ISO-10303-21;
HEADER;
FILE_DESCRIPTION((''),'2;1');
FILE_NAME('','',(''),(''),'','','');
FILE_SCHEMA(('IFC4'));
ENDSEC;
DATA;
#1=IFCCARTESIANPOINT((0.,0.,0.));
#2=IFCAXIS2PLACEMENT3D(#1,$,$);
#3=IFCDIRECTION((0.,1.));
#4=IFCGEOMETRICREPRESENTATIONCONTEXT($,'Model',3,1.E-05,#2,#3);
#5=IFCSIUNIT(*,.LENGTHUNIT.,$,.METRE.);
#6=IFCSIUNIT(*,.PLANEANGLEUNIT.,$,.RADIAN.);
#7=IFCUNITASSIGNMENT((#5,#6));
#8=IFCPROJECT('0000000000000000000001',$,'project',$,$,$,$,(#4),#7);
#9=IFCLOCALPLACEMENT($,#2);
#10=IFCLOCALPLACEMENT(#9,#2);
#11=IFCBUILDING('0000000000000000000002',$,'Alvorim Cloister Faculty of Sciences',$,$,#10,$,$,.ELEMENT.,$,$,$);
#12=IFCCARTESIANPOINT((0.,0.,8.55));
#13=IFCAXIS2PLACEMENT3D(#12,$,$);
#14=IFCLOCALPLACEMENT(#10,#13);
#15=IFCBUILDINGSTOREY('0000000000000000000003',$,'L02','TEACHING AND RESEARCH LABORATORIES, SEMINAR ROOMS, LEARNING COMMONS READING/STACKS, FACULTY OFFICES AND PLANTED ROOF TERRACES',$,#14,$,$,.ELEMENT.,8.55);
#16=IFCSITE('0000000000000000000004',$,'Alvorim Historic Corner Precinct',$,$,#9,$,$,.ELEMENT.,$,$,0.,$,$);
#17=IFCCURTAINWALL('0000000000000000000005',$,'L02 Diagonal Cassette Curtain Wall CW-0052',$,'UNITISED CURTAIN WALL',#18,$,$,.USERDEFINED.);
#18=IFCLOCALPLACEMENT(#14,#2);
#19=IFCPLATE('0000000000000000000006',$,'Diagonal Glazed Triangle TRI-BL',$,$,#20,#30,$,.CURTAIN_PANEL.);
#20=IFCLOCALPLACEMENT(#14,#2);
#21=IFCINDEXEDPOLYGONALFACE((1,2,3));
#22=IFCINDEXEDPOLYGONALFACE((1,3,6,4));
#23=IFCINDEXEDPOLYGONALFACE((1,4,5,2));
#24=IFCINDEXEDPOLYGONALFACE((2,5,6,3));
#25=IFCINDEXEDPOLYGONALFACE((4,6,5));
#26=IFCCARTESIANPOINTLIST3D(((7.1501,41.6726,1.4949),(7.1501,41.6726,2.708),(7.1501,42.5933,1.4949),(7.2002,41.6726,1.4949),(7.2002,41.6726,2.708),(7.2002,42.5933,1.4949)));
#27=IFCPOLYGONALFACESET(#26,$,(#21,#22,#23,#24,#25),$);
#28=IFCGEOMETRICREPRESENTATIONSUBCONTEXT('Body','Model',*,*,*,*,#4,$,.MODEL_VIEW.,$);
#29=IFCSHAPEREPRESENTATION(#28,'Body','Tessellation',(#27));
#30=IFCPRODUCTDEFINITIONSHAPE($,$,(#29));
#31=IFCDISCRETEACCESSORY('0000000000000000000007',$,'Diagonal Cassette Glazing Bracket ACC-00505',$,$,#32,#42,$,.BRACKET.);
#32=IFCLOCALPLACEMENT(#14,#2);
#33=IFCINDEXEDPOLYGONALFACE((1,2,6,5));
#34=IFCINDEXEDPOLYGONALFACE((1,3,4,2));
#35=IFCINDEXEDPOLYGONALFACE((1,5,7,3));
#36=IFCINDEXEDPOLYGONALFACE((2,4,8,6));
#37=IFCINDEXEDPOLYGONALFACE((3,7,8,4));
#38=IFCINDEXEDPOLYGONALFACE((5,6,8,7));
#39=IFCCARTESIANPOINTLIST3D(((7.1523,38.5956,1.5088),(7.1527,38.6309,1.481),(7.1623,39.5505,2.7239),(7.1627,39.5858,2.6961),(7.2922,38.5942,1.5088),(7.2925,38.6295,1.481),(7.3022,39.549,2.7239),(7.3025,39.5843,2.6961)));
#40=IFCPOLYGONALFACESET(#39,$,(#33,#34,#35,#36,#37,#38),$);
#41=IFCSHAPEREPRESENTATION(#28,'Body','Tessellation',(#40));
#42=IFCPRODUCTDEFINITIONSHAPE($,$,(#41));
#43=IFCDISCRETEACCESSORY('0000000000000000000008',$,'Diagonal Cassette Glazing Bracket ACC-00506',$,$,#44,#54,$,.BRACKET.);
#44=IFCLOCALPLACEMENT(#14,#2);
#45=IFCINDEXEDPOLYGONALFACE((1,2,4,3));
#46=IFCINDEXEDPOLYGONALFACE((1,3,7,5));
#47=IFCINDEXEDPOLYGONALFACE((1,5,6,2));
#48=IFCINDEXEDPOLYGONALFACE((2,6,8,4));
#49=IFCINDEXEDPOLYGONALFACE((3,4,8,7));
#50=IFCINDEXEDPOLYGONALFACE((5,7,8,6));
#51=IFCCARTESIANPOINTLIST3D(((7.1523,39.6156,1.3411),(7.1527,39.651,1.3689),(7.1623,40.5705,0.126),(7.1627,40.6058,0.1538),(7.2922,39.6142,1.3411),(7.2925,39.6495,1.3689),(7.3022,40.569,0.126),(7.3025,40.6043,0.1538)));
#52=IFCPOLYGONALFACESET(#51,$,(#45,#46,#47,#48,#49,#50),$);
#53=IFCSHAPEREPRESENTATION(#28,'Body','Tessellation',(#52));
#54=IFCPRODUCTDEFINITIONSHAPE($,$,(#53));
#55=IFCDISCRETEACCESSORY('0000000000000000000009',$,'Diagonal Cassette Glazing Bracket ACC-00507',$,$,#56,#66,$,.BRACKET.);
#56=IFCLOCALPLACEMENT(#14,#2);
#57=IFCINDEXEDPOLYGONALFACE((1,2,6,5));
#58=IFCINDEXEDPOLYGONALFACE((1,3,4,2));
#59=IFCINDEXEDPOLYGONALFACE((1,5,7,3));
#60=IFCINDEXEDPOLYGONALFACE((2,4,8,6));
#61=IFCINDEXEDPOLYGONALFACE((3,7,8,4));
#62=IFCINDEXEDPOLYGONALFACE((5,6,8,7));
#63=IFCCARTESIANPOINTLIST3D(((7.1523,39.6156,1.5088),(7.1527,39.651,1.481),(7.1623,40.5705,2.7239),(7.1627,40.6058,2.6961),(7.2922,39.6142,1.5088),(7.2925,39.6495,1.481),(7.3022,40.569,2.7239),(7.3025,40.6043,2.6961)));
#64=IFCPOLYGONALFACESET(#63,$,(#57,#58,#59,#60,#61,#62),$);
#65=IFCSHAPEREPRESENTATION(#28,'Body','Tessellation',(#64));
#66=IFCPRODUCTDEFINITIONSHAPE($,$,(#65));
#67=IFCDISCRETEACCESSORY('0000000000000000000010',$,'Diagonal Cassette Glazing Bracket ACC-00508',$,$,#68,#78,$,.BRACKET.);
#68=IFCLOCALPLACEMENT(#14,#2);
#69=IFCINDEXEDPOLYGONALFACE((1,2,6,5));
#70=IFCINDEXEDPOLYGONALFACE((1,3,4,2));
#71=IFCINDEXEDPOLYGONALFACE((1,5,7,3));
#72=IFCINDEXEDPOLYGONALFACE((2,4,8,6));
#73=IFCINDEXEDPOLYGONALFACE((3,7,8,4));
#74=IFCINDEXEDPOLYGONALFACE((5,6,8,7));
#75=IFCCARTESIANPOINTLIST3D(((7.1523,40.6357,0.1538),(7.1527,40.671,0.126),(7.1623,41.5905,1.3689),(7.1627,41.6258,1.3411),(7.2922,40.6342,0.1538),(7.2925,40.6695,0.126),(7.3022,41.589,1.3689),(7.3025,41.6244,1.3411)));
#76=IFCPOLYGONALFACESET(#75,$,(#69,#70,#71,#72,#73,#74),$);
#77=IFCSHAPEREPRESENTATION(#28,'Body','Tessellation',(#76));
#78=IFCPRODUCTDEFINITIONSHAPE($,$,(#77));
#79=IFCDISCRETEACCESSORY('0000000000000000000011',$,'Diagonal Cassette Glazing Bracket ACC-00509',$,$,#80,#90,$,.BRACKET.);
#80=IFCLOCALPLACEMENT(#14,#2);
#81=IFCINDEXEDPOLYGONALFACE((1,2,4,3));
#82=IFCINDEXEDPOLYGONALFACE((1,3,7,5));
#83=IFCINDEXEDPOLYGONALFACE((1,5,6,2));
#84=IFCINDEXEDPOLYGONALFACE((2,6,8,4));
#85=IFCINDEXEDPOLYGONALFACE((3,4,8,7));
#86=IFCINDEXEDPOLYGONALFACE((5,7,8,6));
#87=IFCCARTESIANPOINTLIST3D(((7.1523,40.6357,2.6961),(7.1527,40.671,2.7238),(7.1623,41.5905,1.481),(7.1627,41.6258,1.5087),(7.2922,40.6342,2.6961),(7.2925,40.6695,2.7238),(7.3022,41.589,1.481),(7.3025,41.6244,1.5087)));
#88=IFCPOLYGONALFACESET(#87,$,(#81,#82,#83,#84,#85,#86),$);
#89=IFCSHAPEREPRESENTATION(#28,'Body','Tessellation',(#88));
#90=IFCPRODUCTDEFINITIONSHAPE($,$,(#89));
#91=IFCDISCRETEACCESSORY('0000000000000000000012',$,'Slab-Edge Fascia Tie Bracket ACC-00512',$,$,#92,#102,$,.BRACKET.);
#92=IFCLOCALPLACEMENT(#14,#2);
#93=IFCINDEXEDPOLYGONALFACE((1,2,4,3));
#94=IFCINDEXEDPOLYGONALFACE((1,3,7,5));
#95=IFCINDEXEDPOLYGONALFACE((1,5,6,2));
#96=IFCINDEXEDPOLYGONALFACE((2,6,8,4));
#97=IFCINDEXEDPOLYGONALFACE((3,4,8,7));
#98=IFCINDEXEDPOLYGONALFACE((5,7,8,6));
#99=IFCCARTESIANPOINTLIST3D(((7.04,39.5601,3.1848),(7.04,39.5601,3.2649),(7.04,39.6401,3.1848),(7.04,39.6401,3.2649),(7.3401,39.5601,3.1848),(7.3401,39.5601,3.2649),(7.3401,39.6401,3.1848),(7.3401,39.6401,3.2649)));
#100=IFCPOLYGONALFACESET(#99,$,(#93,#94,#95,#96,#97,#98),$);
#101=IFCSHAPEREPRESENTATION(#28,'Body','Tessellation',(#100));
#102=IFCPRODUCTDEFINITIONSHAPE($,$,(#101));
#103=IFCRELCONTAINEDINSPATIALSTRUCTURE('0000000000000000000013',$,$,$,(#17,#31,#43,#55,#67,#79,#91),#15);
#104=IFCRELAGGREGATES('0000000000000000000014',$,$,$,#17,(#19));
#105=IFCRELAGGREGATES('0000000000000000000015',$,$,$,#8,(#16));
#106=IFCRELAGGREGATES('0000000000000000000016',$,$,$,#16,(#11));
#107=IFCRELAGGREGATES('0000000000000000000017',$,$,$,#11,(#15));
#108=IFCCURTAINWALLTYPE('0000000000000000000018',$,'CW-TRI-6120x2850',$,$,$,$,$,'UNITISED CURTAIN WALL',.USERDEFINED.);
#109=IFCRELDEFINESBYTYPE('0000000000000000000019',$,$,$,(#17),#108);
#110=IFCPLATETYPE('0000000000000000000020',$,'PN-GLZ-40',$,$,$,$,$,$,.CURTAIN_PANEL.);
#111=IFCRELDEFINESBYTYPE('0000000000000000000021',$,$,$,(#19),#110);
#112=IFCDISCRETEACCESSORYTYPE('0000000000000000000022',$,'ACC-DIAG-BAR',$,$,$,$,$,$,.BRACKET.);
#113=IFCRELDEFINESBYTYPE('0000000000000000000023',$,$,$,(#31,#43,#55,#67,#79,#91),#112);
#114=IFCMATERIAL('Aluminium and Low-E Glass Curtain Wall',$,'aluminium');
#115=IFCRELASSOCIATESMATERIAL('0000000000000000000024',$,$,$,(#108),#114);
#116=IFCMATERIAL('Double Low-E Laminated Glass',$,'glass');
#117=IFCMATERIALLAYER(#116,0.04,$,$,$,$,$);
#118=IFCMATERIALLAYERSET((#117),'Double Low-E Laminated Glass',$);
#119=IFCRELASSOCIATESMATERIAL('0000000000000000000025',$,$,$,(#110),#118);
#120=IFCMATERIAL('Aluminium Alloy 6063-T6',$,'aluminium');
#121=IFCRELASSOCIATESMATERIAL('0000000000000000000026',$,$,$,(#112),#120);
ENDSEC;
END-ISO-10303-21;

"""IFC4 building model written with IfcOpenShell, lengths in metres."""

from ifc_helpers import new_model, si_unit, direction, frame, origin, origin_2d, place, context, subcontext, project, spatial, polyline, rectangle, outline, extrude, material, layer, layer_set, type_object, element, aggregate, save


model = new_model("IFC4")

# Units and contexts
model_context = context("Model", 3, precision=1e-05, world=origin(), true_north=direction((0.0, 1.0)))
body_context = subcontext(model_context, "Body", "Model", "MODEL_VIEW")
ifc_project = project(units=[si_unit("LENGTHUNIT", "METRE"), si_unit("PLANEANGLEUNIT", "RADIAN")], contexts=[model_context])

# Site, building, storey
site_placement = place(None, origin())
site = spatial("IfcSite", under=ifc_project, at=site_placement, Name="Alvorim Historic Corner Precinct", CompositionType="ELEMENT", RefElevation=0.0)
building_placement = place(site_placement, origin())
building = spatial("IfcBuilding", under=site, at=building_placement, Name="Alvorim Cloister Faculty of Sciences", CompositionType="ELEMENT")
storey_placement = place(building_placement, frame((0.0, 0.0, 8.55)))
storey = spatial("IfcBuildingStorey", under=building, at=storey_placement, Name="L02", Description="TEACHING AND RESEARCH LABORATORIES, SEMINAR ROOMS, LEARNING COMMONS READING/STACKS, FACULTY OFFICES AND PLANTED ROOF TERRACES", CompositionType="ELEMENT", Elevation=8.55)

# Curtain wall, plate
ifc_material_1 = material(Name="Aluminium and Low-E Glass Curtain Wall", Category="aluminium")
curtain_wall_type = type_object("IfcCurtainWallType", Name="CW-TRI-6120x2850", ElementType="UNITISED CURTAIN WALL", PredefinedType="USERDEFINED", material=ifc_material_1)
curtain_wall_placement = place(storey_placement, origin())
curtain_wall = element("IfcCurtainWall", 1, at=curtain_wall_placement, inside=storey, type_object=curtain_wall_type, Name="L02 Diagonal Cassette Curtain Wall CW-0052", ObjectType="UNITISED CURTAIN WALL", PredefinedType="USERDEFINED")
ifc_material_2 = material(Name="Aluminium Alloy 6063-T6", Category="aluminium")
ifc_material_3 = material(Name="Double Low-E Laminated Glass", Category="glass")
ifc_layer = layer(ifc_material_3, 0.04)
ifc_layer_set = layer_set([ifc_layer], Name="Double Low-E Laminated Glass")
plate_type = type_object("IfcPlateType", Name="PN-GLZ-40", PredefinedType="CURTAIN_PANEL", material=ifc_layer_set)
plate_1_placement = place(storey_placement, frame((7.175, 41.6726, 1.4949), z_axis=(0.0, 0.0, 1.0), x_axis=(0.0, 1.0, 0.0)))
plate_1 = element("IfcPlate", 2, at=plate_1_placement, type_object=plate_type, Name="Diagonal Glazed Triangle TRI-BL", PredefinedType="CURTAIN_PANEL", context=body_context, shape_type="SweptSolid", body=[
    extrude(outline(polyline([(0.0, 0.0), (0.9207, 0.0), (0.0, 1.2131), (0.0, 0.0)])), frame((0.0, 0.0249, 0.0), z_axis=(0.0, -1.0, 0.0), x_axis=(1.0, 0.0, 0.0)), (0.0, 0.0, 1.0), 0.05),
])
aggregate(curtain_wall, [plate_1])

# Discrete accessories
discrete_accessory_type = type_object("IfcDiscreteAccessoryType", Name="ACC-DIAG-BAR", PredefinedType="BRACKET", material=ifc_material_2)
for number, where, z_axis, x_axis, name in (
    (3, (7.2224, 38.6125, 1.4949), (0.006477, 0.617857, 0.786263), (-0.999945, 0.010483, 0.0), "Diagonal Cassette Glazing Bracket ACC-00505"),
    (4, (7.2224, 39.6326, 1.355), (0.006477, 0.617857, -0.786263), (-0.999945, 0.010483, 0.0), "Diagonal Cassette Glazing Bracket ACC-00506"),
    (5, (7.2224, 39.6326, 1.4949), (0.006477, 0.617857, 0.786263), (-0.999945, 0.010483, 0.0), "Diagonal Cassette Glazing Bracket ACC-00507"),
    (6, (7.2224, 40.6526, 0.1399), (0.006477, 0.617857, 0.786263), (-0.999945, 0.010483, 0.0), "Diagonal Cassette Glazing Bracket ACC-00508"),
    (7, (7.2224, 40.6526, 2.71), (0.006477, 0.617857, -0.786263), (-0.999945, 0.010483, 0.0), "Diagonal Cassette Glazing Bracket ACC-00509"),
):
    element("IfcDiscreteAccessory", number, at=place(storey_placement, frame(where, z_axis=z_axis, x_axis=x_axis)), inside=storey, type_object=discrete_accessory_type, Name=name, PredefinedType="BRACKET", context=body_context, shape_type="SweptSolid", body=[
        extrude(rectangle(XDim=0.1399, YDim=0.0449, at=origin_2d()), origin(), (0.0, 0.0, 1.0), 1.5454),
    ])
discrete_accessory_placement = place(storey_placement, frame((7.3401, 39.6001, 3.2249), z_axis=(-1.0, 0.0, 0.0), x_axis=(0.0, -1.0, 0.0)))
element("IfcDiscreteAccessory", 8, at=discrete_accessory_placement, inside=storey, type_object=discrete_accessory_type, Name="Slab-Edge Fascia Tie Bracket ACC-00512", PredefinedType="BRACKET", context=body_context, shape_type="SweptSolid", body=[
    extrude(rectangle(XDim=0.0801, YDim=0.0801, at=origin_2d()), origin(), (0.0, 0.0, 1.0), 0.3),
])

save(model, "model.ifc")
